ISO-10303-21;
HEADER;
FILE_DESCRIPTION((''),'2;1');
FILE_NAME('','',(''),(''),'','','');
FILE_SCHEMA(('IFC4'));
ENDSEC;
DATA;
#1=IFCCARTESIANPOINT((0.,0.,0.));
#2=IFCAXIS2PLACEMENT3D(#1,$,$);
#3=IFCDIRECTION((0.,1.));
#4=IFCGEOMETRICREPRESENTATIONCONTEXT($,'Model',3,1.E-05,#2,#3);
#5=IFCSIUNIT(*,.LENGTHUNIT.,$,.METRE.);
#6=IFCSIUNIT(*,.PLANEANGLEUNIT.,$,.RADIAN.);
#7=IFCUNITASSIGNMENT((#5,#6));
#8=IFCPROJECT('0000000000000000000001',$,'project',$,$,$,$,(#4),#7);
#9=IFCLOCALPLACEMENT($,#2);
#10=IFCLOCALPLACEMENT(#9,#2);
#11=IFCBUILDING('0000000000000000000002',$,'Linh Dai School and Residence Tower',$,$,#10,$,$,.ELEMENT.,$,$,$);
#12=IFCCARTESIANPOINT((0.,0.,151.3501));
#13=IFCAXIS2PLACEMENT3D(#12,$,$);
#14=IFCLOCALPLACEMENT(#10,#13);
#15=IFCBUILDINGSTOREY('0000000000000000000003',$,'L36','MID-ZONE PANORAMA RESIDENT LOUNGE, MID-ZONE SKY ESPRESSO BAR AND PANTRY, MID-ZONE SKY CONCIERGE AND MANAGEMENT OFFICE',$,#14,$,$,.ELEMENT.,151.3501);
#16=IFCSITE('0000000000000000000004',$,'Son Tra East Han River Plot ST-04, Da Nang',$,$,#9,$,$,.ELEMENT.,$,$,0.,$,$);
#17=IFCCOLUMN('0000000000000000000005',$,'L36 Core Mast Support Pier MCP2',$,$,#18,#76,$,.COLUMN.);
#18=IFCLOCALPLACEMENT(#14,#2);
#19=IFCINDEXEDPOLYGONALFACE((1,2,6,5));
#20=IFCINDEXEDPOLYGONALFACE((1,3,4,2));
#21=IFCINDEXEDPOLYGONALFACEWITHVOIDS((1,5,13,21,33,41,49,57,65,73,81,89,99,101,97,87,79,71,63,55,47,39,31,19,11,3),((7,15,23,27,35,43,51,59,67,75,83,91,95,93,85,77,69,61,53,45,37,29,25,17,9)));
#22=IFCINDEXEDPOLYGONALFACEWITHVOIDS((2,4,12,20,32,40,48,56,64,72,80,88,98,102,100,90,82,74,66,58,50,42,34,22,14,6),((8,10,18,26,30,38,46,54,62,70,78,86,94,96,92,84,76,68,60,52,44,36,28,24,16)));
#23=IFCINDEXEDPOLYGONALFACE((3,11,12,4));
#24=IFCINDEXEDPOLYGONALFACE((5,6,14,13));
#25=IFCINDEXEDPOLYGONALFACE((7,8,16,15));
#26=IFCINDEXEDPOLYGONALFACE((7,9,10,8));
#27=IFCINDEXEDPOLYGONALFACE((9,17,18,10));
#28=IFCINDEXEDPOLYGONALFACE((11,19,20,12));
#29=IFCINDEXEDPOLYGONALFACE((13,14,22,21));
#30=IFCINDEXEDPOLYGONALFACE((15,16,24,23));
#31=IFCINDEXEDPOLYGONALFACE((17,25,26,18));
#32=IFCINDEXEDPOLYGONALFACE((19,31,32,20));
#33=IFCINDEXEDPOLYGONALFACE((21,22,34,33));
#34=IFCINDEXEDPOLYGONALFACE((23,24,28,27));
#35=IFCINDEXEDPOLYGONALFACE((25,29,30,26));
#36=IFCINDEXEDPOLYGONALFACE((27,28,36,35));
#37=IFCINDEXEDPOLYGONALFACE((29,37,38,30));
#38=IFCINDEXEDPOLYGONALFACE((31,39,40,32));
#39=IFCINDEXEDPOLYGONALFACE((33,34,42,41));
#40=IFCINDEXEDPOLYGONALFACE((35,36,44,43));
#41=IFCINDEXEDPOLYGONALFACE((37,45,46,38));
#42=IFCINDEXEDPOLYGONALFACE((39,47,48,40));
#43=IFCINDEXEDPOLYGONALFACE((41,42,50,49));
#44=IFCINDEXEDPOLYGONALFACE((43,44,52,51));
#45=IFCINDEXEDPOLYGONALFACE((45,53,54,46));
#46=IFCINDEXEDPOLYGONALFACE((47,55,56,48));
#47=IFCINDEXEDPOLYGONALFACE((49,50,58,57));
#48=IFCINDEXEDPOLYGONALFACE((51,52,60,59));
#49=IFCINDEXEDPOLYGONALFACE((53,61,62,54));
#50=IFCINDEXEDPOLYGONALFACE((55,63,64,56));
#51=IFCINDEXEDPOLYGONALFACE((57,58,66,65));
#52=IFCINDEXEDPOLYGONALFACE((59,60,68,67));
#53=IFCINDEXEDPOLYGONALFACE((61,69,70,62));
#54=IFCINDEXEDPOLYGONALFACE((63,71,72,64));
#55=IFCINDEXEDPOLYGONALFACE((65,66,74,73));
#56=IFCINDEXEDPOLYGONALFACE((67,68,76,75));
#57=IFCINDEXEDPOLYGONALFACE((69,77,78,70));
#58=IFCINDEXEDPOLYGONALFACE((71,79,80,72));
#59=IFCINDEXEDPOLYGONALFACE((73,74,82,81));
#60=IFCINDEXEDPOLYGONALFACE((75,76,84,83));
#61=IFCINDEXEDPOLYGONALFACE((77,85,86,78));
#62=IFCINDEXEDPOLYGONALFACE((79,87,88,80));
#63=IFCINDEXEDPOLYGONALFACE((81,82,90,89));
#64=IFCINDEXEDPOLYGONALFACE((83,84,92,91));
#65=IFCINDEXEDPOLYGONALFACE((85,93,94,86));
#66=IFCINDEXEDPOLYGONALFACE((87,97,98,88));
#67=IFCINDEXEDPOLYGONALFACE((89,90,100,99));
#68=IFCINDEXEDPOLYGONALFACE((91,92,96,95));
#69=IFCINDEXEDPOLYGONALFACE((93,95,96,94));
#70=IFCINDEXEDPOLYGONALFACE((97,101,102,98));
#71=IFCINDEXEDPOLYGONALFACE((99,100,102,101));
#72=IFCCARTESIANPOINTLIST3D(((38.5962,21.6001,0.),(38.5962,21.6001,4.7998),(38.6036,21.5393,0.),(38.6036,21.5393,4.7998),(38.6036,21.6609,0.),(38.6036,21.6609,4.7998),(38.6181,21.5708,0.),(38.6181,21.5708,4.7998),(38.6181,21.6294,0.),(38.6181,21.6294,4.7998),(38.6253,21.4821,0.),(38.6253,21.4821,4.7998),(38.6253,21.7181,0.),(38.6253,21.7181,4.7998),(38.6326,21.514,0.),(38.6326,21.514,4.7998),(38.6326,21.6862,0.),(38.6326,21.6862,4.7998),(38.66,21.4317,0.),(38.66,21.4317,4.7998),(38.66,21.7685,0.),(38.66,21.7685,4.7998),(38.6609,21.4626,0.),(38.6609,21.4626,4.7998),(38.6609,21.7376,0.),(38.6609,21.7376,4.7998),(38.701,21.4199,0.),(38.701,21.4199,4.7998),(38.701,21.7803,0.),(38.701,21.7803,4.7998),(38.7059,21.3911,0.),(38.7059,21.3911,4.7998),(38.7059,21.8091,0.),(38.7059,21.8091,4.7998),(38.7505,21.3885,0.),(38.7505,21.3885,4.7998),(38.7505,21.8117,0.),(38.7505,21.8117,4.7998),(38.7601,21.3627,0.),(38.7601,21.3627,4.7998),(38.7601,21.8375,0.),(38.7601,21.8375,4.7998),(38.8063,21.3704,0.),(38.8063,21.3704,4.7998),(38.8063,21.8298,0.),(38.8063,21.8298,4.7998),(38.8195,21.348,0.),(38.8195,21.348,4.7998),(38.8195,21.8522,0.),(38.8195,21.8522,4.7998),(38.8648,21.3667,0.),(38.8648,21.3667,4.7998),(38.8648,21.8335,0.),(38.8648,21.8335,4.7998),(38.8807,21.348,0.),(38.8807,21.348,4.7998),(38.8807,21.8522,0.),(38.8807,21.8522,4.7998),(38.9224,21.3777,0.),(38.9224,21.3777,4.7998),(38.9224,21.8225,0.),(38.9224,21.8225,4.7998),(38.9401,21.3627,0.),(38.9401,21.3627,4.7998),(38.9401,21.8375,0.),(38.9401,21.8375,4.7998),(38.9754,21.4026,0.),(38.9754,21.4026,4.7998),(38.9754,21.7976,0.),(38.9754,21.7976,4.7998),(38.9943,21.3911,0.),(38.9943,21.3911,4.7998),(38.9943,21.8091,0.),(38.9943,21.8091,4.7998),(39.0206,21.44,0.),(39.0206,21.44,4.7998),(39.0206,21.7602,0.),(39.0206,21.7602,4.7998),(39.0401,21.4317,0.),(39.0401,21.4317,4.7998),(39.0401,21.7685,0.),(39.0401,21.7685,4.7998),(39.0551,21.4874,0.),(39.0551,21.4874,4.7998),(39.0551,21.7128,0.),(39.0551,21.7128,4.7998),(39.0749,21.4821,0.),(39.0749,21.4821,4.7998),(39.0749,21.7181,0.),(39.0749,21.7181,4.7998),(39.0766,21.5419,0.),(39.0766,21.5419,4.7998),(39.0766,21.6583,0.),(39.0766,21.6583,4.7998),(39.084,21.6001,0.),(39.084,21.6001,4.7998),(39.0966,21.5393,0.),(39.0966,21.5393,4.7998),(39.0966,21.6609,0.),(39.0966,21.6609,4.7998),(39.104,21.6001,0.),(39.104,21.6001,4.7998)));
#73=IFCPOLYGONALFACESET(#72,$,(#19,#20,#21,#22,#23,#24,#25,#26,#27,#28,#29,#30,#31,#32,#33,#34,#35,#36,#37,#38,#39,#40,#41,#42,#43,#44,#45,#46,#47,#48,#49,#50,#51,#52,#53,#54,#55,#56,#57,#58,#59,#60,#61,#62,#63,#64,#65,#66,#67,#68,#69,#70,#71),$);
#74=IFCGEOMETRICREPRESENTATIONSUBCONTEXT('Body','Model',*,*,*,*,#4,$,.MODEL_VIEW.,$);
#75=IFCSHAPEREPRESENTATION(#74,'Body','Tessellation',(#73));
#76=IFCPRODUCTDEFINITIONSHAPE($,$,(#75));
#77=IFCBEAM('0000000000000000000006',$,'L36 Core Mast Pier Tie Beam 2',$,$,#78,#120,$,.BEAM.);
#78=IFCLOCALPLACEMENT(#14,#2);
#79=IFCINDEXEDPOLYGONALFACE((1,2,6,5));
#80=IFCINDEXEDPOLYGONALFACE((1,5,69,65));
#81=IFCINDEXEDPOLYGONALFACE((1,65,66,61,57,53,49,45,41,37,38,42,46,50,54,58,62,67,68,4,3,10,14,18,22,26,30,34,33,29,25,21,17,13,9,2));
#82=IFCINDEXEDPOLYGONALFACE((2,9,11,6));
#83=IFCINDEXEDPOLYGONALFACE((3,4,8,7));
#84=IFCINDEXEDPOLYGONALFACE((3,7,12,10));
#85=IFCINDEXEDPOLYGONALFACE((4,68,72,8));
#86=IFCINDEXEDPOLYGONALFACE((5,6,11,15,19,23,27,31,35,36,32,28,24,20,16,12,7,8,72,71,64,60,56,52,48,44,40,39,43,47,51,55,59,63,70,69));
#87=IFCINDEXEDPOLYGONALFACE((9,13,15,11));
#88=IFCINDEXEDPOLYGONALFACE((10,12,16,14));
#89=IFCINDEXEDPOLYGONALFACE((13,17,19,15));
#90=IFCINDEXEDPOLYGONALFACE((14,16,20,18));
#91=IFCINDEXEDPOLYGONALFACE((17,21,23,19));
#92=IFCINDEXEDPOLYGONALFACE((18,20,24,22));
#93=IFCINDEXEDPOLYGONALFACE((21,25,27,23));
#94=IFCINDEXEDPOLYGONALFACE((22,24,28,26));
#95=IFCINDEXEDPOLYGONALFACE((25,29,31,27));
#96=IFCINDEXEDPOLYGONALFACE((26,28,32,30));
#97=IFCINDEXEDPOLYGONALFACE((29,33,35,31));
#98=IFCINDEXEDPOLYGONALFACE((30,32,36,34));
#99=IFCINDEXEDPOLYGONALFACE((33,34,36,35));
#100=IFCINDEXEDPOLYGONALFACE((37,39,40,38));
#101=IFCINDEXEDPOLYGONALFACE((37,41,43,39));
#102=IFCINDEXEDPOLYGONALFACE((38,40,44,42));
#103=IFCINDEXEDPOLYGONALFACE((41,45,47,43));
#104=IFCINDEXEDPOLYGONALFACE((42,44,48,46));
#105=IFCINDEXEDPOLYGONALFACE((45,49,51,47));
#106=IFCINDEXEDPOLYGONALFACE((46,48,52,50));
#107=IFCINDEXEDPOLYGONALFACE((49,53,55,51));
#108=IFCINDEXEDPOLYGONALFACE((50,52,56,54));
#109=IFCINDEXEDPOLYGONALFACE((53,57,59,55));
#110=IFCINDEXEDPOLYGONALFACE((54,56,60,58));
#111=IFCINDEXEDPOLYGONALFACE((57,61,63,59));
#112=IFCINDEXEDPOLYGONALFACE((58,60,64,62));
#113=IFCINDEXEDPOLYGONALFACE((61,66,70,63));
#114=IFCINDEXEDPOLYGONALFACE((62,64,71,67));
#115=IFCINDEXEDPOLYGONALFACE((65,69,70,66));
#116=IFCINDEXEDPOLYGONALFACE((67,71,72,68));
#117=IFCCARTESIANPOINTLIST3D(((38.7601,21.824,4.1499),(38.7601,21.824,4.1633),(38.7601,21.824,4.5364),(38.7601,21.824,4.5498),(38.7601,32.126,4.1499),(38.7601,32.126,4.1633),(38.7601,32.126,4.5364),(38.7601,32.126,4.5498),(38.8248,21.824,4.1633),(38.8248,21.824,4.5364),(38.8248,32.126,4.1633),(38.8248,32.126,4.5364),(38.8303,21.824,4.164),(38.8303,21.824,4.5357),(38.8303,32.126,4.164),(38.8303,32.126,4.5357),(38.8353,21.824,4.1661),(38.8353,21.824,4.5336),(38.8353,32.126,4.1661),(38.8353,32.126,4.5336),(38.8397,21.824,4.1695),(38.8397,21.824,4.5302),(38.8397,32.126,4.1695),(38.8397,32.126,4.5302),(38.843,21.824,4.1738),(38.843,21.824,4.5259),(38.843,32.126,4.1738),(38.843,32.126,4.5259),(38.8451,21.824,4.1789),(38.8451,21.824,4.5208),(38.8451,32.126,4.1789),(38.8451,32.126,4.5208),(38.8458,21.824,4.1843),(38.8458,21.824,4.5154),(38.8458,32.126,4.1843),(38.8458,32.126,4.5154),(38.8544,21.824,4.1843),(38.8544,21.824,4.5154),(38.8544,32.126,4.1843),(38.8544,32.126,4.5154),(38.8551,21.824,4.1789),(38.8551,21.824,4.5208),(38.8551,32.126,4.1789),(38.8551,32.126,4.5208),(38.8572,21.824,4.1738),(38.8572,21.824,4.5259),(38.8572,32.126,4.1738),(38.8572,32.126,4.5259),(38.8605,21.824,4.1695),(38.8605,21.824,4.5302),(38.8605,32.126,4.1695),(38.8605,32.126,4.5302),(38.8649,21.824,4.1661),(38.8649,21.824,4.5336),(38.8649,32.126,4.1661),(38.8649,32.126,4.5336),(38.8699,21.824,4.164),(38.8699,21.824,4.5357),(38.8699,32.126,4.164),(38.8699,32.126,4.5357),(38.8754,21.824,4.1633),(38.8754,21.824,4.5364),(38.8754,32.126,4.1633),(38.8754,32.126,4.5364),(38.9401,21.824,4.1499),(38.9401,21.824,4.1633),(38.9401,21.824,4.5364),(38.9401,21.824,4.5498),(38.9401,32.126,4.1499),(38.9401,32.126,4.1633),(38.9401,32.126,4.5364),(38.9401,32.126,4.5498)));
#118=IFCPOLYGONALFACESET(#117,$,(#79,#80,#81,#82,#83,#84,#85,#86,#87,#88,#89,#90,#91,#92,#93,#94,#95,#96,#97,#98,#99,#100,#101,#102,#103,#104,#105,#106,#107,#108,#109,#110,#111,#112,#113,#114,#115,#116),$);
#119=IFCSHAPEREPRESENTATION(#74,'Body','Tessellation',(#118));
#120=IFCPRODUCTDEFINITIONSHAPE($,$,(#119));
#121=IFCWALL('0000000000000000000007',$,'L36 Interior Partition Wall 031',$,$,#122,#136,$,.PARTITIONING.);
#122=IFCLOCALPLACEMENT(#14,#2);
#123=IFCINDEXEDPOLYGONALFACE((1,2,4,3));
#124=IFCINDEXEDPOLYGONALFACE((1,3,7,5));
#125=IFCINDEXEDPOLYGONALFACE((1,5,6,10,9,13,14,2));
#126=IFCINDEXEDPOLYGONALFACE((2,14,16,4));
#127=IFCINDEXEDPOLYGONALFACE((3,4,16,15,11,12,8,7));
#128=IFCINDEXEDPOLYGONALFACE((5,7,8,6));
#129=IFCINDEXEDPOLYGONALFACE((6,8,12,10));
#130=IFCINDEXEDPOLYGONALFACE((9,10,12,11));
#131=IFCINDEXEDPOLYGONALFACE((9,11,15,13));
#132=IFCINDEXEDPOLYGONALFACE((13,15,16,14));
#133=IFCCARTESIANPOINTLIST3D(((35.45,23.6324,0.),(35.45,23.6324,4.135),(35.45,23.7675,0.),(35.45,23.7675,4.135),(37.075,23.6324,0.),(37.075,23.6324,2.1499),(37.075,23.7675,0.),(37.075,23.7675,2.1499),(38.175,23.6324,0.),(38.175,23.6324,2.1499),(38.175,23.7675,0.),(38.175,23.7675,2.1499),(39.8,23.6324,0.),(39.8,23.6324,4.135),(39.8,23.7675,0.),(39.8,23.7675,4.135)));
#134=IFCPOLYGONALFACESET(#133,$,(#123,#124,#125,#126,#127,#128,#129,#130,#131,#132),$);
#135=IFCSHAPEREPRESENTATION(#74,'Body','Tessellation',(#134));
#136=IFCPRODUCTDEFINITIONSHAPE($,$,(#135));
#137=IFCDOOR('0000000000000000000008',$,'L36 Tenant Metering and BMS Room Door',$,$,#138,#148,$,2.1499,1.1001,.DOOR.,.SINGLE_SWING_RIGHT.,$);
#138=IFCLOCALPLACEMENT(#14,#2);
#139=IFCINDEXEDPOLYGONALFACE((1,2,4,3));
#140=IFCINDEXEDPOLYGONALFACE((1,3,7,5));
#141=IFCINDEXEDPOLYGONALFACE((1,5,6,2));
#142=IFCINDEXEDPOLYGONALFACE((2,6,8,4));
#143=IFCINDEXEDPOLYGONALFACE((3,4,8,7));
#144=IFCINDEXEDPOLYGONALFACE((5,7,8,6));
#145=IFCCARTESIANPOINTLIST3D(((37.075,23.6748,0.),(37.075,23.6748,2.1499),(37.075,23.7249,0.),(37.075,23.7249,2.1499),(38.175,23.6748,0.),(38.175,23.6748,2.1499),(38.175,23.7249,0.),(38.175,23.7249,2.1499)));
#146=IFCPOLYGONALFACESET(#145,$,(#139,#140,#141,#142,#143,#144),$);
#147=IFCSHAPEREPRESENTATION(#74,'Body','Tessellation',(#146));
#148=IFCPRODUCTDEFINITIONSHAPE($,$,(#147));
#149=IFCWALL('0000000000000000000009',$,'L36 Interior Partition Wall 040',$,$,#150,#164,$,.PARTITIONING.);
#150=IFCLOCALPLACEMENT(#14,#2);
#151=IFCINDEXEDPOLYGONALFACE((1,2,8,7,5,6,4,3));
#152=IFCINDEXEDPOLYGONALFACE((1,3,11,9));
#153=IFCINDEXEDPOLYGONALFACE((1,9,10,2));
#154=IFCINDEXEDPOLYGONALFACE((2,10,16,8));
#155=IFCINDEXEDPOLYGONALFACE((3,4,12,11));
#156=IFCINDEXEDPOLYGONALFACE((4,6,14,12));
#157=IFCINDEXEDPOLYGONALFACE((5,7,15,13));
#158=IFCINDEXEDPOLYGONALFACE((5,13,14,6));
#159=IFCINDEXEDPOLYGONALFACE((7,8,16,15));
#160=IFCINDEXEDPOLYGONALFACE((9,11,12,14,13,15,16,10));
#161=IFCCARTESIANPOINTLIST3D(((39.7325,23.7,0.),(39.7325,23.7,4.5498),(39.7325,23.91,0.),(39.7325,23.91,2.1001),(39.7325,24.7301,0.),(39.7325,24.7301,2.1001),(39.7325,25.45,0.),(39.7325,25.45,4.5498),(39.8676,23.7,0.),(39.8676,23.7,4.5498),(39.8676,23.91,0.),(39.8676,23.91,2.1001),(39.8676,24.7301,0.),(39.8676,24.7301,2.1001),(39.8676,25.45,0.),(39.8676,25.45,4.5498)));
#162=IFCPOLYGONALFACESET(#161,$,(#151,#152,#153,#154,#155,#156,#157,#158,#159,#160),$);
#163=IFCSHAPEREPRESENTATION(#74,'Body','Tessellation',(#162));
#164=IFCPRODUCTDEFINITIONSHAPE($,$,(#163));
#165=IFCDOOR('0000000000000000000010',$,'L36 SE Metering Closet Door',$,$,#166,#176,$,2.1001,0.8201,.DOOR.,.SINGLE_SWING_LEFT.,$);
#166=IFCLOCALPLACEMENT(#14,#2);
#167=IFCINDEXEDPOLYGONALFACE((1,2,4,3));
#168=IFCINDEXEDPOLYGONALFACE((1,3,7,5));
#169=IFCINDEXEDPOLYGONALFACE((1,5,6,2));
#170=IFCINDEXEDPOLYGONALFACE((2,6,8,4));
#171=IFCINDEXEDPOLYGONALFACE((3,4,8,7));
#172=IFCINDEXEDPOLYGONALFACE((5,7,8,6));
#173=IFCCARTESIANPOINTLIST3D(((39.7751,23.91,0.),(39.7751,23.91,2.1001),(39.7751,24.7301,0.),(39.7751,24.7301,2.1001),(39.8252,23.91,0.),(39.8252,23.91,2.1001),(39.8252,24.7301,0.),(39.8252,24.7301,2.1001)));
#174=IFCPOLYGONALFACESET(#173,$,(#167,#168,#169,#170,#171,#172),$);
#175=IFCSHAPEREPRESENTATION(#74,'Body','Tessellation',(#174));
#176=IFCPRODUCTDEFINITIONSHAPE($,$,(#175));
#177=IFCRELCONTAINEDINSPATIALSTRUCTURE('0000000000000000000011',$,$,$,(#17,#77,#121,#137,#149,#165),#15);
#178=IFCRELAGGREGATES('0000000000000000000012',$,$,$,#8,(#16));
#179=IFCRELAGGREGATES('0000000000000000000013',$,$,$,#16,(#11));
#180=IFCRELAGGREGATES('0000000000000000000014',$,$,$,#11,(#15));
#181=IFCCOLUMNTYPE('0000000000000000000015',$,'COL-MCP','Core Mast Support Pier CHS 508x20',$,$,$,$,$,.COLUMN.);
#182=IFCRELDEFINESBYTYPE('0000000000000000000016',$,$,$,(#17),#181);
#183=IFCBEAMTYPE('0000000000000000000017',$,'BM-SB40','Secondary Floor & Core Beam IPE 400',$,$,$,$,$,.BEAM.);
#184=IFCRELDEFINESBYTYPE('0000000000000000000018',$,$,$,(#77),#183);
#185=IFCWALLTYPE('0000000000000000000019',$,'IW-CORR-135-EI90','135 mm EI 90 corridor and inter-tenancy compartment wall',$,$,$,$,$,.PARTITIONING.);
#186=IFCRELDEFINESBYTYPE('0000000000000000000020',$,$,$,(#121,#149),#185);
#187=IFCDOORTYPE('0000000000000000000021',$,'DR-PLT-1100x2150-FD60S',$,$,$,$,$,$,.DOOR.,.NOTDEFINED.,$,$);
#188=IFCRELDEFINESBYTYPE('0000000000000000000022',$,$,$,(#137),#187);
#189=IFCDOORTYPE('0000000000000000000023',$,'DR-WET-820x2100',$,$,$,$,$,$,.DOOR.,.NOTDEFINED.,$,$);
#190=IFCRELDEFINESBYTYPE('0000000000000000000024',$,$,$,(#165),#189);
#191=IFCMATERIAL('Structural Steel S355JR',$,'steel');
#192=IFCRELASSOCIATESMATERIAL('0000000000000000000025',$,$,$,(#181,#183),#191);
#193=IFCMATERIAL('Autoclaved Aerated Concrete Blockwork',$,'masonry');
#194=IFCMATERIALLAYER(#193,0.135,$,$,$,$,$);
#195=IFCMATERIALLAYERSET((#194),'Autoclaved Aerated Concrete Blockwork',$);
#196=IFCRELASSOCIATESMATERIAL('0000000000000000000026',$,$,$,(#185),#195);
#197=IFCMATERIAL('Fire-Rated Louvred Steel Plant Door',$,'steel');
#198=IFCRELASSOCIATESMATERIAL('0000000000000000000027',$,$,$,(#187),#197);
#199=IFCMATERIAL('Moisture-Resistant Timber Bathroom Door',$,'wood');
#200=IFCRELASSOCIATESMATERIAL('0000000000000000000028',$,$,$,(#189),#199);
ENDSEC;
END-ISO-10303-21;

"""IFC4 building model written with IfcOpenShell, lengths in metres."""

from ifc_helpers import new_model, si_unit, direction, frame, frame_2d, origin, origin_2d, place, context, subcontext, project, spatial, rectangle, hollow_circle, i_section, extrude, source, transform, mapped, material, layer, layer_set, material_profile, profile_set, type_object, element, fill, save


model = new_model("IFC4")

# Units and contexts
model_context = context("Model", 3, precision=1e-05, world=origin(), true_north=direction((0.0, 1.0)))
body_context = subcontext(model_context, "Body", "Model", "MODEL_VIEW")
ifc_project = project(units=[si_unit("LENGTHUNIT", "METRE"), si_unit("PLANEANGLEUNIT", "RADIAN")], contexts=[model_context])

# Site, building, storey
site_placement = place(None, origin())
site = spatial("IfcSite", under=ifc_project, at=site_placement, Name="Son Tra East Han River Plot ST-04, Da Nang", CompositionType="ELEMENT", RefElevation=0.0)
building_placement = place(site_placement, origin())
building = spatial("IfcBuilding", under=site, at=building_placement, Name="Linh Dai School and Residence Tower", CompositionType="ELEMENT")
storey_placement = place(building_placement, frame((0.0, 0.0, 151.3501)))
storey = spatial("IfcBuildingStorey", under=building, at=storey_placement, Name="L36", Description="MID-ZONE PANORAMA RESIDENT LOUNGE, MID-ZONE SKY ESPRESSO BAR AND PANTRY, MID-ZONE SKY CONCIERGE AND MANAGEMENT OFFICE", CompositionType="ELEMENT", Elevation=151.3501)

# Column
ifc_material_1 = material(Name="Structural Steel S355JR", Category="steel")
ifc_material_profile_1 = material_profile(ifc_material_1, hollow_circle(Radius=0.2539, WallThickness=0.02, at=origin_2d()), Name="CHS 508x20")
ifc_profile_set_1 = profile_set([ifc_material_profile_1], Name="Structural Steel S355JR")
column_type_1 = type_object("IfcColumnType", Name="COL-MCP", Description="Core Mast Support Pier CHS 508x20", PredefinedType="COLUMN", material=ifc_profile_set_1)
column_placement = place(storey_placement, frame((38.8501, 21.6001, 0.0), z_axis=(0.0, 0.0, 1.0), x_axis=(1.0, 0.0, 0.0)))
element("IfcColumn", 1, at=column_placement, inside=storey, type_object=column_type_1, Name="L36 Core Mast Support Pier MCP2", PredefinedType="COLUMN", context=body_context, shape_type="SweptSolid", body=[
    extrude(hollow_circle(Radius=0.2539, WallThickness=0.02, at=origin_2d()), origin(), (0.0, 0.0, 1.0), 4.7998),
])

# Beam
ifc_material_profile_2 = material_profile(ifc_material_1, i_section(OverallWidth=0.1799, OverallDepth=0.3999, WebThickness=0.0085, FlangeThickness=0.0134, FilletRadius=0.021, at=origin_2d()), Name="IPE 400")
ifc_profile_set_2 = profile_set([ifc_material_profile_2], Name="Structural Steel S355JR")
beam_type = type_object("IfcBeamType", Name="BM-SB40", Description="Secondary Floor & Core Beam IPE 400", PredefinedType="BEAM", material=ifc_profile_set_2)
beam_placement = place(storey_placement, frame((38.8501, 21.824, 4.3499), z_axis=(0.0, 1.0, 0.0), x_axis=(-1.0, 0.0, 0.0)))
element("IfcBeam", 2, at=beam_placement, inside=storey, type_object=beam_type, Name="L36 Core Mast Pier Tie Beam 2", PredefinedType="BEAM", context=body_context, shape_type="SweptSolid", body=[
    extrude(i_section(OverallWidth=0.1799, OverallDepth=0.3999, WebThickness=0.0085, FlangeThickness=0.0134, FilletRadius=0.021, at=origin_2d()), origin(), (0.0, 0.0, 1.0), 10.302),
])

# Walls, openings, doors
ifc_material_2 = material(Name="Autoclaved Aerated Concrete Blockwork", Category="masonry")
ifc_layer_1 = layer(ifc_material_2, 0.135)
ifc_layer_set_1 = layer_set([ifc_layer_1], Name="Autoclaved Aerated Concrete Blockwork")
wall_type_1 = type_object("IfcWallType", Name="IW-CORR-135-EI90", Description="135 mm EI 90 corridor and inter-tenancy compartment wall", PredefinedType="PARTITIONING", material=ifc_layer_set_1)
wall_1_placement = place(storey_placement, frame((35.45, 23.7, 0.0), z_axis=(0.0, 0.0, 1.0), x_axis=(1.0, 0.0, 0.0)))
wall_1 = element("IfcWall", 3, at=wall_1_placement, inside=storey, type_object=wall_type_1, Name="L36 Interior Partition Wall 031", PredefinedType="PARTITIONING", context=body_context, shape_type="SweptSolid", body=[
    extrude(rectangle(XDim=4.3501, YDim=0.135, at=frame_2d((2.175, 0.0))), origin(), (0.0, 0.0, 1.0), 4.135),
])
opening_1_placement = place(wall_1_placement, frame((1.625, 0.0, 0.0)))
opening_1 = element("IfcOpeningElement", 4, at=opening_1_placement, cuts=wall_1, PredefinedType="OPENING", context=body_context, shape_type="SweptSolid", body=[
    extrude(rectangle(XDim=1.1001, YDim=2.1499, at=origin_2d()), frame((0.55, 0.0776, 1.075), z_axis=(0.0, -1.0, 0.0), x_axis=(1.0, 0.0, 0.0)), (0.0, 0.0, 1.0), 0.155),
])
ifc_material_3 = material(Name="Fire-Rated Louvred Steel Plant Door", Category="steel")
door_type_1 = type_object("IfcDoorType", Name="DR-PLT-1100x2150-FD60S", OperationType="NOTDEFINED", PredefinedType="DOOR", material=ifc_material_3)
shared_shape_1 = source(origin(), body_context, "Body", "SweptSolid", [
    extrude(rectangle(XDim=1.1001, YDim=2.1499, at=origin_2d()), frame((0.55, 0.0249, 1.075), z_axis=(0.0, -1.0, 0.0), x_axis=(1.0, 0.0, 0.0)), (0.0, 0.0, 1.0), 0.05),
])
door_1_placement = place(opening_1_placement, origin())
door_1 = element("IfcDoor", 5, at=door_1_placement, inside=storey, type_object=door_type_1, Name="L36 Tenant Metering and BMS Room Door", OperationType="SINGLE_SWING_RIGHT", OverallHeight=2.1499, OverallWidth=1.1001, PredefinedType="DOOR", context=body_context, shape_type="MappedRepresentation", body=[
    mapped(shared_shape_1, transform((0.0, 0.0, 0.0), x_axis=(1.0, 0.0, 0.0), y_axis=(0.0, 1.0, 0.0), z_axis=(0.0, 0.0, 1.0), scale=1.0)),
])
fill(opening_1, door_1)
wall_2_placement = place(storey_placement, frame((39.8, 23.7, 0.0), z_axis=(0.0, 0.0, 1.0), x_axis=(0.0, 1.0, 0.0)))
wall_2 = element("IfcWall", 6, at=wall_2_placement, inside=storey, type_object=wall_type_1, Name="L36 Interior Partition Wall 040", PredefinedType="PARTITIONING", context=body_context, shape_type="SweptSolid", body=[
    extrude(rectangle(XDim=1.75, YDim=0.135, at=frame_2d((0.875, 0.0))), origin(), (0.0, 0.0, 1.0), 4.5498),
])
opening_2_placement = place(wall_2_placement, frame((0.21, 0.0, 0.0)))
opening_2 = element("IfcOpeningElement", 7, at=opening_2_placement, cuts=wall_2, PredefinedType="OPENING", context=body_context, shape_type="SweptSolid", body=[
    extrude(rectangle(XDim=0.8201, YDim=2.1001, at=origin_2d()), frame((0.4102, 0.0776, 1.05), z_axis=(0.0, -1.0, 0.0), x_axis=(1.0, 0.0, 0.0)), (0.0, 0.0, 1.0), 0.155),
])
ifc_material_4 = material(Name="Moisture-Resistant Timber Bathroom Door", Category="wood")
door_type_2 = type_object("IfcDoorType", Name="DR-WET-820x2100", OperationType="NOTDEFINED", PredefinedType="DOOR", material=ifc_material_4)
shared_shape_2 = source(origin(), body_context, "Body", "SweptSolid", [
    extrude(rectangle(XDim=0.8201, YDim=2.1001, at=origin_2d()), frame((0.4102, 0.0249, 1.05), z_axis=(0.0, -1.0, 0.0), x_axis=(1.0, 0.0, 0.0)), (0.0, 0.0, 1.0), 0.05),
])
door_2_placement = place(opening_2_placement, origin())
door_2 = element("IfcDoor", 8, at=door_2_placement, inside=storey, type_object=door_type_2, Name="L36 SE Metering Closet Door", OperationType="SINGLE_SWING_LEFT", OverallHeight=2.1001, OverallWidth=0.8201, PredefinedType="DOOR", context=body_context, shape_type="MappedRepresentation", body=[
    mapped(shared_shape_2, transform((0.0, 0.0, 0.0), x_axis=(1.0, 0.0, 0.0), y_axis=(0.0, 1.0, 0.0), z_axis=(0.0, 0.0, 1.0), scale=1.0)),
])
fill(opening_2, door_2)

save(model, "model.ifc")
